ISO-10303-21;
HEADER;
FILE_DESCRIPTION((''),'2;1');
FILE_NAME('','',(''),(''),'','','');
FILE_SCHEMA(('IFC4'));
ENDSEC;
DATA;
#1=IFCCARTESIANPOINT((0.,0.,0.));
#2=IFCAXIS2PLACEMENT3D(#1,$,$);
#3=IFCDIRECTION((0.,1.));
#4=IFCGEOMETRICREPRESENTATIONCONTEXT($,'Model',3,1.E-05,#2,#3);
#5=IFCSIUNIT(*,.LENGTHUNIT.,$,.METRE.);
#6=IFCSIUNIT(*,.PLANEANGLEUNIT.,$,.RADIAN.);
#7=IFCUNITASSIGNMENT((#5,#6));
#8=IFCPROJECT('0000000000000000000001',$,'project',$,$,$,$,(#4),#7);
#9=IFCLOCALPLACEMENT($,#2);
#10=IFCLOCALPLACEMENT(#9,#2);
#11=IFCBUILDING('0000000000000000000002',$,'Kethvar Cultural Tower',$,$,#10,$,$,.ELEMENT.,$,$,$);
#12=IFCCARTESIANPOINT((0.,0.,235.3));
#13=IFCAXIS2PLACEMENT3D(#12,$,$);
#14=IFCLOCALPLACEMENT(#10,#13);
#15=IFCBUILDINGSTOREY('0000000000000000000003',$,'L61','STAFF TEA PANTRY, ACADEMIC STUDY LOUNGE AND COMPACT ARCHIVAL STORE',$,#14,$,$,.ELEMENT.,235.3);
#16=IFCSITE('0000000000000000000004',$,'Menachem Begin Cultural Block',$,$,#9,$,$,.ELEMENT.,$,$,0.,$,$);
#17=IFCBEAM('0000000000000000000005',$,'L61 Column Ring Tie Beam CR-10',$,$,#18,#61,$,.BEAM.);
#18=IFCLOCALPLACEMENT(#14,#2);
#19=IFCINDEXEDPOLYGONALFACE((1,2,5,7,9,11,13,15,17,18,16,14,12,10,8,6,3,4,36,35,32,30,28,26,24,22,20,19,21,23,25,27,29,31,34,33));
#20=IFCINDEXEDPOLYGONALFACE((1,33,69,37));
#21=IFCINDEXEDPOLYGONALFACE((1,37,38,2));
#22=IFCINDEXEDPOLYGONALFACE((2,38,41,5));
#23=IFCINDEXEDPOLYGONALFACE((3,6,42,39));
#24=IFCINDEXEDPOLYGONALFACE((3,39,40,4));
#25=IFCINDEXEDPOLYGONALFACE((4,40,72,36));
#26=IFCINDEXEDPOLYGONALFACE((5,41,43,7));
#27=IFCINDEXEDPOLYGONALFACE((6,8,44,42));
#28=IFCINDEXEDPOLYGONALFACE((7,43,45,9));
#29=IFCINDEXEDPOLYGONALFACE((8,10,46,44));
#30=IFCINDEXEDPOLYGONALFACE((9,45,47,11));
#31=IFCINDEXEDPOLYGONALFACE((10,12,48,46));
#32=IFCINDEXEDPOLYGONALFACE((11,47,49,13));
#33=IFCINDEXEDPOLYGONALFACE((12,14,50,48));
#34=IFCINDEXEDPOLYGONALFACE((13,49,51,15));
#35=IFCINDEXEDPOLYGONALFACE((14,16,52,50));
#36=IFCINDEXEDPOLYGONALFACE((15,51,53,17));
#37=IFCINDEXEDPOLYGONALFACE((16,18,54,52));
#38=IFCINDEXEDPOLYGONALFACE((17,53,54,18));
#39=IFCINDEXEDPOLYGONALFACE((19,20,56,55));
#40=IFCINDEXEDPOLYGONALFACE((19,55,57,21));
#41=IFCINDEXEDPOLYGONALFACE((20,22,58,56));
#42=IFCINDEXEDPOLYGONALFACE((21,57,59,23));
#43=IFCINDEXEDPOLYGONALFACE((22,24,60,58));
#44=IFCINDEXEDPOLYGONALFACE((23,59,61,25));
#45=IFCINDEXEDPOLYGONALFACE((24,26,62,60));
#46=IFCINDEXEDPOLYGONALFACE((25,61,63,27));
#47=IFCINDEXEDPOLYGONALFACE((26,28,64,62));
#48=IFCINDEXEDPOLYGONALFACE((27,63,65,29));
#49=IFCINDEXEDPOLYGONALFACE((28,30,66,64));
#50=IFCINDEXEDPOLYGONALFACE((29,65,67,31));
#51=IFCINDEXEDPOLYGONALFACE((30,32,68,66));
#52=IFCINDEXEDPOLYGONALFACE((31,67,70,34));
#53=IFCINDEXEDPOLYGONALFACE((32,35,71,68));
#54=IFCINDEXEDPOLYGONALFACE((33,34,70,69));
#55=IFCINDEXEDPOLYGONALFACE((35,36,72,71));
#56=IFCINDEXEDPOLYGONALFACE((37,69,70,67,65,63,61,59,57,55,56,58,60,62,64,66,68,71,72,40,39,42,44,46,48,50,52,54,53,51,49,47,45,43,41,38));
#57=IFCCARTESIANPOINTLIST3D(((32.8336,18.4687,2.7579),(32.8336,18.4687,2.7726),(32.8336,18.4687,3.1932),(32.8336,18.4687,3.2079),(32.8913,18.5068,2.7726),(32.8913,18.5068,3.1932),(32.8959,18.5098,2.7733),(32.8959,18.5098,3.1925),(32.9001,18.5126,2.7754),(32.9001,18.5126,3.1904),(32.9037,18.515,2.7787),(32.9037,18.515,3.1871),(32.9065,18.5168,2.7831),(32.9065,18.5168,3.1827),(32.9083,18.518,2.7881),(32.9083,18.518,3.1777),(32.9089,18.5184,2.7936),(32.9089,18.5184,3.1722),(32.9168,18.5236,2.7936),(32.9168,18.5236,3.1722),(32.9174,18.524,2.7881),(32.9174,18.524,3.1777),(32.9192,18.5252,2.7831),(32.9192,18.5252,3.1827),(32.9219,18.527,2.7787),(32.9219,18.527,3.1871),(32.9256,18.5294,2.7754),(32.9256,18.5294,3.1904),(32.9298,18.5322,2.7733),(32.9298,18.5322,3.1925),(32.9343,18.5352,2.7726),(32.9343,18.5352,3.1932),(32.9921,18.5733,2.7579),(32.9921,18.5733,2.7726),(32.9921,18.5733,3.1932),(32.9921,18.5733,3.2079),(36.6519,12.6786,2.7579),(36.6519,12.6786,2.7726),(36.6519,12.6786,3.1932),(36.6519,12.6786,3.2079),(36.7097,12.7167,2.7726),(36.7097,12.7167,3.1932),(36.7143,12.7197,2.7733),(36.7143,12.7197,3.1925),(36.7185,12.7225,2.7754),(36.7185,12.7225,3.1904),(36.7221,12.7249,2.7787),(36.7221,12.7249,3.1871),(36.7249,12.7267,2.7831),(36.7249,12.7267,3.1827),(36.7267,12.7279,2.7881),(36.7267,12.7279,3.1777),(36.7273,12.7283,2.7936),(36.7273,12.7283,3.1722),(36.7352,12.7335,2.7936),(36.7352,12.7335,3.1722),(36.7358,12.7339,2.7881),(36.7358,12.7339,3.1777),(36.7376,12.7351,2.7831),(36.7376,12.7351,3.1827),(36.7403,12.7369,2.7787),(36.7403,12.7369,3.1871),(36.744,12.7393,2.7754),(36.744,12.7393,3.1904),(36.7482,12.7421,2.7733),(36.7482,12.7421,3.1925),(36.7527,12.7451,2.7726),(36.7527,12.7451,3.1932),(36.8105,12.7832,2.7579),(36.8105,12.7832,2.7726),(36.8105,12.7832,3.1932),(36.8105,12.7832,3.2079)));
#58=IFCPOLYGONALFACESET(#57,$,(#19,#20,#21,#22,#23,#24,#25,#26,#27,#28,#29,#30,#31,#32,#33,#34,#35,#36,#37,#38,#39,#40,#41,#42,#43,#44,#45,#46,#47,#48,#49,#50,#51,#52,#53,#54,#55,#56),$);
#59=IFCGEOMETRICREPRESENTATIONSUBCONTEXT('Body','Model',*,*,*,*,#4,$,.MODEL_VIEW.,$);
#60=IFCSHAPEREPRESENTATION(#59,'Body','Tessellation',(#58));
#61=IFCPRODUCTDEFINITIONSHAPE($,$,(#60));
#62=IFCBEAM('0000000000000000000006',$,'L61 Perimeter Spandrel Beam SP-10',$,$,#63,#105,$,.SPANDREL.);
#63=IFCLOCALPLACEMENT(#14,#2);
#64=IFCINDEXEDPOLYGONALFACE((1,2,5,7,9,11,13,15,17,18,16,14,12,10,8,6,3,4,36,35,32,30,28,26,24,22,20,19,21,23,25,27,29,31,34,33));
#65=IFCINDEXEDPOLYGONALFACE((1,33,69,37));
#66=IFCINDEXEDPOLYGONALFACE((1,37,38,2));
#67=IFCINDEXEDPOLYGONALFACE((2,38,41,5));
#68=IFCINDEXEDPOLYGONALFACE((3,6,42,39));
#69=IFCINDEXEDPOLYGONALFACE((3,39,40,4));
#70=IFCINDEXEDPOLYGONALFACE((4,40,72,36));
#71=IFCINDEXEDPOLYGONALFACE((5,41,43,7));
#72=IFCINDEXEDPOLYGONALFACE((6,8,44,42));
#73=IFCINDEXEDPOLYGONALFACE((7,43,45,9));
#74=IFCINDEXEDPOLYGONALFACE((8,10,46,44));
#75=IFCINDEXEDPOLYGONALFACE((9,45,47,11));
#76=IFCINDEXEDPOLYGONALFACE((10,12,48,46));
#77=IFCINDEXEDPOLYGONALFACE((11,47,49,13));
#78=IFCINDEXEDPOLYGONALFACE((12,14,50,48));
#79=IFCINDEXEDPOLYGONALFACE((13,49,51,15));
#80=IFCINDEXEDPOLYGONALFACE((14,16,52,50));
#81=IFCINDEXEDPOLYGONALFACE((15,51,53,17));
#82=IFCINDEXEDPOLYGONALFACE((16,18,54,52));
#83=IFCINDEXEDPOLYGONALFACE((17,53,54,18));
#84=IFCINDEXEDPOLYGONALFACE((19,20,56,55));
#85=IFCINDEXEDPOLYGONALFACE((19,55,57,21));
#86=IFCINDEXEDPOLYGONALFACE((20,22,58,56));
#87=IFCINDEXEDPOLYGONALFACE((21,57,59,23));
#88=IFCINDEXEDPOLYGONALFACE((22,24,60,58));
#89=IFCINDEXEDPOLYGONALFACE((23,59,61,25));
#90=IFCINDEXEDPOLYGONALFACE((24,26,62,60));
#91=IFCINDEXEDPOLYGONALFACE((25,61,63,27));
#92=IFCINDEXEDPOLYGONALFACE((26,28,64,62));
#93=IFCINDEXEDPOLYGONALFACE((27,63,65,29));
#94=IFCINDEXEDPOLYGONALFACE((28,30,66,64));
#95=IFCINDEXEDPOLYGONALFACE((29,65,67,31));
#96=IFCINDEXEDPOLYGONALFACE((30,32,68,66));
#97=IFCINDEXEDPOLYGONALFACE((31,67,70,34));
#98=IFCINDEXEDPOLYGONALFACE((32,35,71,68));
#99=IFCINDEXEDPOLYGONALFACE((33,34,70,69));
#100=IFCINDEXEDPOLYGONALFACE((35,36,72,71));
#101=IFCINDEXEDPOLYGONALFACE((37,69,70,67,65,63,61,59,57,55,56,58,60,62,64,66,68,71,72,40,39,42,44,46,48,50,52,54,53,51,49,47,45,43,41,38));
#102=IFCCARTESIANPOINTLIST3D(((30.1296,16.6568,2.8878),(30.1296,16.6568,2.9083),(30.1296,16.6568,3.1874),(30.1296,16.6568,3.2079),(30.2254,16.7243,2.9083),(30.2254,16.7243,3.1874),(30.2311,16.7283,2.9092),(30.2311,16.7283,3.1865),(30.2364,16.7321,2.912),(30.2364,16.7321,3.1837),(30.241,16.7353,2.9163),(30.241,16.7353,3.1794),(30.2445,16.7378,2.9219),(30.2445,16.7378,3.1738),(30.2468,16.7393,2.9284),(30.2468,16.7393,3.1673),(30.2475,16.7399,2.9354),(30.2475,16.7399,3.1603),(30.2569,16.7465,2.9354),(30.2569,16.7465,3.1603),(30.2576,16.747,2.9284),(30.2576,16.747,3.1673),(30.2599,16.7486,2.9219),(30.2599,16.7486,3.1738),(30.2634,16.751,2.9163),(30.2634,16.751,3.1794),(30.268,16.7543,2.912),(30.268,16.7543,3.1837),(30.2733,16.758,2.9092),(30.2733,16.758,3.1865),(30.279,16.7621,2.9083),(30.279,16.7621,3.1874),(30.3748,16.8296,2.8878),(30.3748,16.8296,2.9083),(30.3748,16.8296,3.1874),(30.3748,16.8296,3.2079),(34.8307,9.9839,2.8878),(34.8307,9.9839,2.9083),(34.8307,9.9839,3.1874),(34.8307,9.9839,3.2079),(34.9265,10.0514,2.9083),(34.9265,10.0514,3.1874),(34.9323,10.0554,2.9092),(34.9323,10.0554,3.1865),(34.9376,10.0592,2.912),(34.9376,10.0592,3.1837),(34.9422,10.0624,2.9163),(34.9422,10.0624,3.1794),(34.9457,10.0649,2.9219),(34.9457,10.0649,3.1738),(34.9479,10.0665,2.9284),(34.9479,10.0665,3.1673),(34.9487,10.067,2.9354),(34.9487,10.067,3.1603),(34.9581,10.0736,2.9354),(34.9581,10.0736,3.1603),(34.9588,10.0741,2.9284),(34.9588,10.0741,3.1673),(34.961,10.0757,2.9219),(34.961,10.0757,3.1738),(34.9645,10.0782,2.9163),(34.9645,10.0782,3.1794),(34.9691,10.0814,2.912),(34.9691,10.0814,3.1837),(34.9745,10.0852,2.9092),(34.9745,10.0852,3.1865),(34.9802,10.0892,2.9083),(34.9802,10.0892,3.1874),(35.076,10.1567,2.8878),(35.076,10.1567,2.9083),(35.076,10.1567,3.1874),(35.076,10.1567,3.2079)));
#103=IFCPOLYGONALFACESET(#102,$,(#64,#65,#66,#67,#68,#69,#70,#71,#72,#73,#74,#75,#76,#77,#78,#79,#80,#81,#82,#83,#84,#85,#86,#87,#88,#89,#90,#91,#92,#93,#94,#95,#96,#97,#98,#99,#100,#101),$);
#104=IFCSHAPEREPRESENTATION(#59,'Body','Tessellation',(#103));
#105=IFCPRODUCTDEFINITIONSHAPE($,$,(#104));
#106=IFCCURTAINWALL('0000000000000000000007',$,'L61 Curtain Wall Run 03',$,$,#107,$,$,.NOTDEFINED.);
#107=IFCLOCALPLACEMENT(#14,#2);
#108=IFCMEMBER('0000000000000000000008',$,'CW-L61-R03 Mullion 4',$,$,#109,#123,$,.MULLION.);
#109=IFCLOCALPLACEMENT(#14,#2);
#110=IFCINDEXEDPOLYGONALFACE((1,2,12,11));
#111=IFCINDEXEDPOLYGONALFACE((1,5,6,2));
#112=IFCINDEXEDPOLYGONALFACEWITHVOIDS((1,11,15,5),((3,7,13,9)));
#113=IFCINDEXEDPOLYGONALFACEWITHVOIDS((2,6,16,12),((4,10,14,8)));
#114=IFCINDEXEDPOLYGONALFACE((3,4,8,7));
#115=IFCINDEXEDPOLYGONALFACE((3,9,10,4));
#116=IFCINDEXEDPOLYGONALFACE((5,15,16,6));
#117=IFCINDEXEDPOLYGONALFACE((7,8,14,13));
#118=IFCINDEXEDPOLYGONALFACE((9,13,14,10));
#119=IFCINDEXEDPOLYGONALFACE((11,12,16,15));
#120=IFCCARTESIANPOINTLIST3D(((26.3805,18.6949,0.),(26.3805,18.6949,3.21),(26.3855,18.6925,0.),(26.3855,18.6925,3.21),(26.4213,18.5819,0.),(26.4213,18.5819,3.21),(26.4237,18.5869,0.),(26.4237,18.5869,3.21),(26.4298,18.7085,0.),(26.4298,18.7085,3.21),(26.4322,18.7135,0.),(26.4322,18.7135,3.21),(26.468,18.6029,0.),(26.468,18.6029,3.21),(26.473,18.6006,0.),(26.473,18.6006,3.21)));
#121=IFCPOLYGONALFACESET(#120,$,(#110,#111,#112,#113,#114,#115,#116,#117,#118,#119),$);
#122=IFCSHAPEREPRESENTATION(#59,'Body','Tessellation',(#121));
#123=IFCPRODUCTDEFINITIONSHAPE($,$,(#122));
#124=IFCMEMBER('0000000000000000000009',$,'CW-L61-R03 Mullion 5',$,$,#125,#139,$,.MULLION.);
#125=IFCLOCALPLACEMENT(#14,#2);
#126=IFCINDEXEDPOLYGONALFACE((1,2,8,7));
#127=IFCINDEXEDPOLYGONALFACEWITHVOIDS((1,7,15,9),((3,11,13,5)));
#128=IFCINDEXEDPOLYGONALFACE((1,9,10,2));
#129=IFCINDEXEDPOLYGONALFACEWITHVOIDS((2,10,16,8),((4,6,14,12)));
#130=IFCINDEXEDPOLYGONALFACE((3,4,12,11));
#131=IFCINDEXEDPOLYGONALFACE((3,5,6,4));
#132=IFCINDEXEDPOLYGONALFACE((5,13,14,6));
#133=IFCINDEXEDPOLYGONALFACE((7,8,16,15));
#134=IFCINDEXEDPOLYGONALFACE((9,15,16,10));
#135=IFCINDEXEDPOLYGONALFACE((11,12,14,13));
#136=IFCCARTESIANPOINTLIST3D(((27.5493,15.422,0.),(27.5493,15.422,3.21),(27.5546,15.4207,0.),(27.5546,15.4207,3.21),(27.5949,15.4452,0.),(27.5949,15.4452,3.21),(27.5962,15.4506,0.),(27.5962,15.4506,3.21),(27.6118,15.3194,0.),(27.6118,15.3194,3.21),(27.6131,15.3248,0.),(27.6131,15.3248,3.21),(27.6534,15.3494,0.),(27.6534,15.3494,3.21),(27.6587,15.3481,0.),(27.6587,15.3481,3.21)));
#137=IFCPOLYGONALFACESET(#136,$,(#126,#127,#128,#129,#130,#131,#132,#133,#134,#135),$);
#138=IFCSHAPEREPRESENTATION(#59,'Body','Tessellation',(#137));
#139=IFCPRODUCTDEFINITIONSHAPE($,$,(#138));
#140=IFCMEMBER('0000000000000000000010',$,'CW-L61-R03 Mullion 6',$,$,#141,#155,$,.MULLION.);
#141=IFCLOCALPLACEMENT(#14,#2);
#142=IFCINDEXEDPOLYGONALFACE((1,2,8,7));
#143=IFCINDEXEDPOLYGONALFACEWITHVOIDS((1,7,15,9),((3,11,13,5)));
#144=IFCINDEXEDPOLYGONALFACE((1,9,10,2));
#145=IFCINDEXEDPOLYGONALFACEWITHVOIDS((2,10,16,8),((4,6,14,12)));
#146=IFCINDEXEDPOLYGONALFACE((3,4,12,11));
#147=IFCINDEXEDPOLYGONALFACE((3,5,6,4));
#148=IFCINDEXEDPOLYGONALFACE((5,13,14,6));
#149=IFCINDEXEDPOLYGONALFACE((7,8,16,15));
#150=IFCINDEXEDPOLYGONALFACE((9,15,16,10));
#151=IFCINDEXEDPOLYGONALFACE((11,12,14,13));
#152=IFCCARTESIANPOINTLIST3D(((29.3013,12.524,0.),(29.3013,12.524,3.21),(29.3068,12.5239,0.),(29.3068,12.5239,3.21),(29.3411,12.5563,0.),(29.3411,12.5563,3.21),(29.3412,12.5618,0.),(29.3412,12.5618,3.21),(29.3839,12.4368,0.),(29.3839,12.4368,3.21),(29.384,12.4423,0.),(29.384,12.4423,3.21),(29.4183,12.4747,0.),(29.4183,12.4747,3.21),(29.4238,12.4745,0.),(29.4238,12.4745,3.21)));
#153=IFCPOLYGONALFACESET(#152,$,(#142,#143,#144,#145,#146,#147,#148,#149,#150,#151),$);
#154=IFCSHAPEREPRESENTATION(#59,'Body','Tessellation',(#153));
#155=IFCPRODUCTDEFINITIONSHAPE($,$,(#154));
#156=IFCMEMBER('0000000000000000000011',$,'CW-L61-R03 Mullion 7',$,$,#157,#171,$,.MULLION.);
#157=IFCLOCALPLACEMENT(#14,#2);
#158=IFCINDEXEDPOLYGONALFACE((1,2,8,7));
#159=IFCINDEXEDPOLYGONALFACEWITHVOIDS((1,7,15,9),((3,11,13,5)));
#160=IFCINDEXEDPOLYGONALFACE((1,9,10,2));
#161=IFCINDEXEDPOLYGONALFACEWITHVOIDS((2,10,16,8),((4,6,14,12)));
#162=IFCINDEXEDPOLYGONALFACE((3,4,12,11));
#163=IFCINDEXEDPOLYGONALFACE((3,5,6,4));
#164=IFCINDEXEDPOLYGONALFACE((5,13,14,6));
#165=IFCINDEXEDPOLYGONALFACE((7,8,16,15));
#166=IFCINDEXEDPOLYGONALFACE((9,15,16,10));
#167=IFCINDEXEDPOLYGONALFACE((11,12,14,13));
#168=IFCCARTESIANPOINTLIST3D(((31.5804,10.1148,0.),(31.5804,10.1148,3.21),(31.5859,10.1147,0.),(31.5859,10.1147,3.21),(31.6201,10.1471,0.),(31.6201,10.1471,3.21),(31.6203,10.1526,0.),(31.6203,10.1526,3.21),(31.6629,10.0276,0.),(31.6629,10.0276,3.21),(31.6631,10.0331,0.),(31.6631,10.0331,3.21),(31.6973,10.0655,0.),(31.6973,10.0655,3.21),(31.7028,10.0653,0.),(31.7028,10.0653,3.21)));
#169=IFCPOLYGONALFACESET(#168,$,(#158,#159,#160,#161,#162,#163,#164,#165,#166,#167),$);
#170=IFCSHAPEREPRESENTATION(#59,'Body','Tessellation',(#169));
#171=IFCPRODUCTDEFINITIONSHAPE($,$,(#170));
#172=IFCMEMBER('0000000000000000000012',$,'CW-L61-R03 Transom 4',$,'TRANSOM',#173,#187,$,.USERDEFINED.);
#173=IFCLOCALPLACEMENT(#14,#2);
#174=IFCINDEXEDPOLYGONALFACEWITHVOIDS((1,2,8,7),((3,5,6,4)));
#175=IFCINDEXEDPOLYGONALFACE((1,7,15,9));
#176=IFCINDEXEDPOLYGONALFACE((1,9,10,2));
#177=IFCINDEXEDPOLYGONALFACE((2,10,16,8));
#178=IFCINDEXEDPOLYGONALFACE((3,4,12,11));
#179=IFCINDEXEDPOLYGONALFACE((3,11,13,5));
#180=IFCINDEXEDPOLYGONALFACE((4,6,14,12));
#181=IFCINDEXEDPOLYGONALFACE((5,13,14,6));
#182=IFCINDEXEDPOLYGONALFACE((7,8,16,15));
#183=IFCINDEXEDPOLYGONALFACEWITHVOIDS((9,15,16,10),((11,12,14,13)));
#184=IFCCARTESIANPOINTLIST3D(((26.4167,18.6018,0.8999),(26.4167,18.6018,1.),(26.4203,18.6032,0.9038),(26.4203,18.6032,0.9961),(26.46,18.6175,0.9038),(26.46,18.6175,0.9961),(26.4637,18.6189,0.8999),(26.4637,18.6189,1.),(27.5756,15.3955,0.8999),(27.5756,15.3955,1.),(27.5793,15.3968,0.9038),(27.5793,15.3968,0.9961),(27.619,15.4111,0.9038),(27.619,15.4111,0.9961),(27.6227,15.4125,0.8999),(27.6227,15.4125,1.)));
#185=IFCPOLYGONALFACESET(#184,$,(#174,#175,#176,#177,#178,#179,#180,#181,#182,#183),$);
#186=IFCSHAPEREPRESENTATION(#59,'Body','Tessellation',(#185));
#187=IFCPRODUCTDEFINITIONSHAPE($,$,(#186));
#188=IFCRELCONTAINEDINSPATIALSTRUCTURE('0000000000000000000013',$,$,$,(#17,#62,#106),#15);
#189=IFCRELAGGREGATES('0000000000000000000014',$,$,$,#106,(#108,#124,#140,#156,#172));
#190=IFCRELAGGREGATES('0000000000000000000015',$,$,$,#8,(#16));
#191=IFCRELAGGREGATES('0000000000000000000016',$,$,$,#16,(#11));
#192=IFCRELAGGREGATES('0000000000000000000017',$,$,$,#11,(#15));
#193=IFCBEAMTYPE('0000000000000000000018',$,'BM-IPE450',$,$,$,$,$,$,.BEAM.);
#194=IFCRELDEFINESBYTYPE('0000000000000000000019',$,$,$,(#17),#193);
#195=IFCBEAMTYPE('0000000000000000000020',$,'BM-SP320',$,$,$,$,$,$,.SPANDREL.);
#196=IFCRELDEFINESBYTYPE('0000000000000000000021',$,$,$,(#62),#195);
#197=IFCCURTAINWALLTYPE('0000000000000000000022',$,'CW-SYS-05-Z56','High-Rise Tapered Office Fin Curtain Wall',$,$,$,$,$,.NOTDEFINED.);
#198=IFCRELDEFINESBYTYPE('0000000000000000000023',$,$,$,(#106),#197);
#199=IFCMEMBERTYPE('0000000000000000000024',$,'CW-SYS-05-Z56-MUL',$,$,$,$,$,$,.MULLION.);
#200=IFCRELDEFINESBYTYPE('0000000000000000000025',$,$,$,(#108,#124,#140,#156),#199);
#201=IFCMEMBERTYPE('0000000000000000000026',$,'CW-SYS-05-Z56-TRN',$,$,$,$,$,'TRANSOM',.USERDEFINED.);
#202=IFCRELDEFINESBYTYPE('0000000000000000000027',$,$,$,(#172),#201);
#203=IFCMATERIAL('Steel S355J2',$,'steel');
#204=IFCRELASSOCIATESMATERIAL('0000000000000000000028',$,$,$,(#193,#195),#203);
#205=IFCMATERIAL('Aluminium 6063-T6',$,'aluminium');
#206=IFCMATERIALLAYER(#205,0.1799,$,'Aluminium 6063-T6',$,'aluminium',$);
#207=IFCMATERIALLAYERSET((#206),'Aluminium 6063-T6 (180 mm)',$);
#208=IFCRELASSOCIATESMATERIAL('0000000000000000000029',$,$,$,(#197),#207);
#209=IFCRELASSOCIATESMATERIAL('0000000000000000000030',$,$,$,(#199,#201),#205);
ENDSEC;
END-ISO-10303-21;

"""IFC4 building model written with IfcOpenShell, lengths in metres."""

from ifc_helpers import new_model, si_unit, direction, frame, origin, origin_2d, place, context, subcontext, project, spatial, hollow_rectangle, i_section, extrude, source, transform, mapped, material, layer, layer_set, material_profile, profile_set, type_object, element, aggregate, save


model = new_model("IFC4")

# Units and contexts
model_context = context("Model", 3, precision=1e-05, world=origin(), true_north=direction((0.0, 1.0)))
body_context = subcontext(model_context, "Body", "Model", "MODEL_VIEW")
ifc_project = project(units=[si_unit("LENGTHUNIT", "METRE"), si_unit("PLANEANGLEUNIT", "RADIAN")], contexts=[model_context])

# Site, building, storey
site_placement = place(None, origin())
site = spatial("IfcSite", under=ifc_project, at=site_placement, Name="Menachem Begin Cultural Block", CompositionType="ELEMENT", RefElevation=0.0)
building_placement = place(site_placement, origin())
building = spatial("IfcBuilding", under=site, at=building_placement, Name="Kethvar Cultural Tower", CompositionType="ELEMENT")
storey_placement = place(building_placement, frame((0.0, 0.0, 235.3)))
storey = spatial("IfcBuildingStorey", under=building, at=storey_placement, Name="L61", Description="STAFF TEA PANTRY, ACADEMIC STUDY LOUNGE AND COMPACT ARCHIVAL STORE", CompositionType="ELEMENT", Elevation=235.3)

# Beams
ifc_material_1 = material(Name="Steel S355J2", Category="steel")
ifc_material_profile_1 = material_profile(ifc_material_1, i_section(OverallWidth=0.1899, OverallDepth=0.45, WebThickness=0.0095, FlangeThickness=0.0146, FilletRadius=0.021, at=origin_2d()), Name="Steel S355J2 — IPE450")
ifc_profile_set_1 = profile_set([ifc_material_profile_1], Name="Steel S355J2 — IPE450")
beam_type_1 = type_object("IfcBeamType", Name="BM-IPE450", PredefinedType="BEAM", material=ifc_profile_set_1)
ifc_material_profile_2 = material_profile(ifc_material_1, i_section(OverallWidth=0.3, OverallDepth=0.3201, WebThickness=0.0115, FlangeThickness=0.0205, FilletRadius=0.0271, at=origin_2d()), Name="Steel S355J2 — HEB320")
ifc_profile_set_2 = profile_set([ifc_material_profile_2], Name="Steel S355J2 — HEB320")
beam_type_2 = type_object("IfcBeamType", Name="BM-SP320", PredefinedType="SPANDREL", material=ifc_profile_set_2)
shared_shape_1 = source(origin(), body_context, "Body", "SweptSolid", [
    extrude(i_section(OverallWidth=0.1899, OverallDepth=0.45, WebThickness=0.0095, FlangeThickness=0.0146, FilletRadius=0.021, at=origin_2d()), origin(), (0.0, 0.0, 1.0), 6.9358),
])
beam_1_placement = place(storey_placement, frame((32.9128, 18.521, 2.9829), z_axis=(0.550534, -0.834813, 0.0), x_axis=(0.834813, 0.550534, 0.0)))
element("IfcBeam", 1, at=beam_1_placement, inside=storey, type_object=beam_type_1, Name="L61 Column Ring Tie Beam CR-10", PredefinedType="BEAM", context=body_context, shape_type="MappedRepresentation", body=[
    mapped(shared_shape_1, transform((0.0, 0.0, 0.0), scale=1.0)),
])
shared_shape_2 = source(origin(), body_context, "Body", "SweptSolid", [
    extrude(i_section(OverallWidth=0.3, OverallDepth=0.3201, WebThickness=0.0115, FlangeThickness=0.0205, FilletRadius=0.0271, at=origin_2d()), origin(), (0.0, 0.0, 1.0), 8.1626),
])
beam_2_placement = place(storey_placement, frame((30.2522, 16.7432, 3.0479), z_axis=(0.575941, -0.817491, 0.0), x_axis=(0.817491, 0.575941, 0.0)))
element("IfcBeam", 2, at=beam_2_placement, inside=storey, type_object=beam_type_2, Name="L61 Perimeter Spandrel Beam SP-10", PredefinedType="SPANDREL", context=body_context, shape_type="MappedRepresentation", body=[
    mapped(shared_shape_2, transform((0.0, 0.0, 0.0), scale=1.0)),
])

# Curtain wall, members
ifc_material_2 = material(Name="Aluminium 6063-T6", Category="aluminium")
ifc_layer_1 = layer(ifc_material_2, 0.1799, Name="Aluminium 6063-T6", Category="aluminium")
ifc_layer_set_1 = layer_set([ifc_layer_1], Name="Aluminium 6063-T6 (180 mm)")
curtain_wall_type = type_object("IfcCurtainWallType", Name="CW-SYS-05-Z56", Description="High-Rise Tapered Office Fin Curtain Wall", PredefinedType="NOTDEFINED", material=ifc_layer_set_1)
curtain_wall_1_placement = place(storey_placement, origin())
curtain_wall_1 = element("IfcCurtainWall", 3, at=curtain_wall_1_placement, inside=storey, type_object=curtain_wall_type, Name="L61 Curtain Wall Run 03", PredefinedType="NOTDEFINED")
ifc_material_profile_3 = material_profile(ifc_material_2, hollow_rectangle(XDim=0.0549, YDim=0.1201, WallThickness=0.0039, at=origin_2d()), Name="Aluminium 6063-T6 — RHS120x55x4")
ifc_profile_set_3 = profile_set([ifc_material_profile_3], Name="Aluminium 6063-T6 — RHS120x55x4")
member_type_1 = type_object("IfcMemberType", Name="CW-SYS-05-Z56-MUL", PredefinedType="MULLION", material=ifc_profile_set_3)
shared_shape_3 = source(origin(), body_context, "Body", "SweptSolid", [
    extrude(hollow_rectangle(XDim=0.0549, YDim=0.1201, WallThickness=0.0039, at=origin_2d()), origin(), (0.0, 0.0, 1.0), 3.21),
])
member_1_placement = place(storey_placement, frame((26.4268, 18.6477, 0.0), z_axis=(0.0, 0.0, 1.0), x_axis=(0.940466, 0.339887, 0.0)))
member_1 = element("IfcMember", 4, at=member_1_placement, type_object=member_type_1, Name="CW-L61-R03 Mullion 4", PredefinedType="MULLION", context=body_context, shape_type="MappedRepresentation", body=[
    mapped(shared_shape_3, transform((0.0, 0.0, 0.0), scale=1.0)),
])
member_2_placement = place(storey_placement, frame((27.604, 15.385, 0.0), z_axis=(0.0, 0.0, 1.0), x_axis=(0.853569, 0.52098, 0.0)))
member_2 = element("IfcMember", 5, at=member_2_placement, type_object=member_type_1, Name="CW-L61-R03 Mullion 5", PredefinedType="MULLION", context=body_context, shape_type="MappedRepresentation", body=[
    mapped(shared_shape_3, transform((0.0, 0.0, 0.0), scale=1.0)),
])
member_3_placement = place(storey_placement, frame((29.3625, 12.4993, 0.0), z_axis=(0.0, 0.0, 1.0), x_axis=(0.726479, 0.687189, 0.0)))
member_3 = element("IfcMember", 6, at=member_3_placement, type_object=member_type_1, Name="CW-L61-R03 Mullion 6", PredefinedType="MULLION", context=body_context, shape_type="MappedRepresentation", body=[
    mapped(shared_shape_3, transform((0.0, 0.0, 0.0), scale=1.0)),
])
member_4_placement = place(storey_placement, frame((31.6416, 10.0901, 0.0), z_axis=(0.0, 0.0, 1.0), x_axis=(0.726479, 0.687189, 0.0)))
member_4 = element("IfcMember", 7, at=member_4_placement, type_object=member_type_1, Name="CW-L61-R03 Mullion 7", PredefinedType="MULLION", context=body_context, shape_type="MappedRepresentation", body=[
    mapped(shared_shape_3, transform((0.0, 0.0, 0.0), scale=1.0)),
])
ifc_material_profile_4 = material_profile(ifc_material_2, hollow_rectangle(XDim=0.05, YDim=0.1001, WallThickness=0.0039, at=origin_2d()), Name="Aluminium 6063-T6 — RHS100x50x4")
ifc_profile_set_4 = profile_set([ifc_material_profile_4], Name="Aluminium 6063-T6 — RHS100x50x4")
member_type_2 = type_object("IfcMemberType", Name="CW-SYS-05-Z56-TRN", ElementType="TRANSOM", PredefinedType="USERDEFINED", material=ifc_profile_set_4)
shared_shape_4 = source(origin(), body_context, "Body", "SweptSolid", [
    extrude(hollow_rectangle(XDim=0.05, YDim=0.1001, WallThickness=0.0039, at=origin_2d()), origin(), (0.0, 0.0, 1.0), 3.4094),
])
member_5_placement = place(storey_placement, frame((26.4402, 18.6104, 0.95), z_axis=(0.339931, -0.94045, 0.0), x_axis=(0.94045, 0.339931, 0.0)))
member_5 = element("IfcMember", 8, at=member_5_placement, type_object=member_type_2, Name="CW-L61-R03 Transom 4", ObjectType="TRANSOM", PredefinedType="USERDEFINED", context=body_context, shape_type="MappedRepresentation", body=[
    mapped(shared_shape_4, transform((0.0, 0.0, 0.0), scale=1.0)),
])

aggregate(curtain_wall_1, [member_1, member_2, member_3, member_4, member_5])

save(model, "model.ifc")
